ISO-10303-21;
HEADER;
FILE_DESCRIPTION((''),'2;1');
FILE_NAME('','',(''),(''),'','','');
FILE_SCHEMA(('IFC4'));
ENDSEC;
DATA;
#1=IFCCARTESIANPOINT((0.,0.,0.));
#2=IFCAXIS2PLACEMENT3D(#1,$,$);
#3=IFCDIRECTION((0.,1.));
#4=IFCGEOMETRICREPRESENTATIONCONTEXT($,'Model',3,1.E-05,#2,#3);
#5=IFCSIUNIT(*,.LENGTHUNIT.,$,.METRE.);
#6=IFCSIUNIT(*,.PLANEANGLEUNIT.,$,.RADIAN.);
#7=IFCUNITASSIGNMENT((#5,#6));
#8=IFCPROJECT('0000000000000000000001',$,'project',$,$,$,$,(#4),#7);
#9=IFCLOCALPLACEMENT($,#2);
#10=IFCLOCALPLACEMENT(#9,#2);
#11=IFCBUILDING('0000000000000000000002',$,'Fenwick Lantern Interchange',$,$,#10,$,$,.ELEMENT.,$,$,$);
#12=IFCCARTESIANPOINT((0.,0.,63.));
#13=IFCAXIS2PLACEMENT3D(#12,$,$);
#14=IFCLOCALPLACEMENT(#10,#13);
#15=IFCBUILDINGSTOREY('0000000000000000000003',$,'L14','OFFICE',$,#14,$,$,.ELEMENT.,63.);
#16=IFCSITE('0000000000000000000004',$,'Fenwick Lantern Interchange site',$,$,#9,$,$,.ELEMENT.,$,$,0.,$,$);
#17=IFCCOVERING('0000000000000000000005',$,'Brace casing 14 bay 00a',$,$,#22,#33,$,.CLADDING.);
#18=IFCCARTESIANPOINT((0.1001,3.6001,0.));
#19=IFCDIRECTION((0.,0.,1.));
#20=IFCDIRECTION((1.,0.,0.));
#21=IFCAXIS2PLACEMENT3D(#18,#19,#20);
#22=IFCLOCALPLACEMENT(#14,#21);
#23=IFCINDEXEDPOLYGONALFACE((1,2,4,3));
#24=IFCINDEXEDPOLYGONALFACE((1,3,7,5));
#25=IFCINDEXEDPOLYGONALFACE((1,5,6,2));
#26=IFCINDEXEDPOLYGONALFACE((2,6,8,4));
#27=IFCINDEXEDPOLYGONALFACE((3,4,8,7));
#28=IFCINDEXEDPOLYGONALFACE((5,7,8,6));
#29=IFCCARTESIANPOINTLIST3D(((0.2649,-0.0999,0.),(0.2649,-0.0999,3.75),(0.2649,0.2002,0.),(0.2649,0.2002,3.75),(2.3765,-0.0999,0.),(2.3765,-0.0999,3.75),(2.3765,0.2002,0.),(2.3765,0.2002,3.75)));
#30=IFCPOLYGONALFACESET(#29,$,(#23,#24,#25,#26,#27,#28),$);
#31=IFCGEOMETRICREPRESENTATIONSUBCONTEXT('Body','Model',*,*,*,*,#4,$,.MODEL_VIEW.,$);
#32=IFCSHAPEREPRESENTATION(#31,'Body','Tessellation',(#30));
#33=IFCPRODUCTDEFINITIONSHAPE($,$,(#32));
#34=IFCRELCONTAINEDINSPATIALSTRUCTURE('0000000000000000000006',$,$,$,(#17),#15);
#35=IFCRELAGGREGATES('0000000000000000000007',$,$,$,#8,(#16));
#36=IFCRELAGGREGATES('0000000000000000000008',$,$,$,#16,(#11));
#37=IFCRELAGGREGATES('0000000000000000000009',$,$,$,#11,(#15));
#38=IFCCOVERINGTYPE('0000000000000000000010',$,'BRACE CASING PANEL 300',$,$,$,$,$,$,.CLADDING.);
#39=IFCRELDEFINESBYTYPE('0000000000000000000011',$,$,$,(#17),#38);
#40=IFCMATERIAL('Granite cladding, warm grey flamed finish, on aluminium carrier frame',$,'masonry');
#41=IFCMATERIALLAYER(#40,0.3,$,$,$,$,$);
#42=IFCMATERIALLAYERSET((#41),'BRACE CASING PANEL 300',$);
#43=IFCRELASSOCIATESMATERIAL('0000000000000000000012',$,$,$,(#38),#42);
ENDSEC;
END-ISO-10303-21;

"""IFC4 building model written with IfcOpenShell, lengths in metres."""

from ifc_helpers import new_model, si_unit, direction, frame, origin, place, context, subcontext, project, spatial, polyline, outline, extrude, material, layer, layer_set, type_object, element, save


model = new_model("IFC4")

# Units and contexts
model_context = context("Model", 3, precision=1e-05, world=origin(), true_north=direction((0.0, 1.0)))
body_context = subcontext(model_context, "Body", "Model", "MODEL_VIEW")
ifc_project = project(units=[si_unit("LENGTHUNIT", "METRE"), si_unit("PLANEANGLEUNIT", "RADIAN")], contexts=[model_context])

# Site, building, storey
site_placement = place(None, origin())
site = spatial("IfcSite", under=ifc_project, at=site_placement, Name="Fenwick Lantern Interchange site", CompositionType="ELEMENT", RefElevation=0.0)
building_placement = place(site_placement, origin())
building = spatial("IfcBuilding", under=site, at=building_placement, Name="Fenwick Lantern Interchange", CompositionType="ELEMENT")
storey_placement = place(building_placement, frame((0.0, 0.0, 63.0)))
storey = spatial("IfcBuildingStorey", under=building, at=storey_placement, Name="L14", Description="OFFICE", CompositionType="ELEMENT", Elevation=63.0)

# Covering
ifc_material_1 = material(Name="Granite cladding, warm grey flamed finish, on aluminium carrier frame", Category="masonry")
ifc_layer_1 = layer(ifc_material_1, 0.3)
ifc_layer_set_1 = layer_set([ifc_layer_1], Name="BRACE CASING PANEL 300")
covering_type_1 = type_object("IfcCoveringType", Name="BRACE CASING PANEL 300", PredefinedType="CLADDING", material=ifc_layer_set_1)
covering_1_placement = place(storey_placement, frame((0.1001, 3.6001, 0.0), z_axis=(0.0, 0.0, 1.0), x_axis=(1.0, 0.0, 0.0)))
element("IfcCovering", 1, at=covering_1_placement, inside=storey, type_object=covering_type_1, Name="Brace casing 14 bay 00a", PredefinedType="CLADDING", context=body_context, shape_type="SweptSolid", body=[
    extrude(outline(polyline([(0.2649, 0.0), (2.3765, 0.0), (2.3765, 3.75), (0.2649, 3.75), (0.2649, 0.0)])), frame((0.0, 0.2002, 0.0), z_axis=(0.0, -1.0, 0.0), x_axis=(1.0, 0.0, 0.0)), (0.0, 0.0, 1.0), 0.3),
])

save(model, "model.ifc")
